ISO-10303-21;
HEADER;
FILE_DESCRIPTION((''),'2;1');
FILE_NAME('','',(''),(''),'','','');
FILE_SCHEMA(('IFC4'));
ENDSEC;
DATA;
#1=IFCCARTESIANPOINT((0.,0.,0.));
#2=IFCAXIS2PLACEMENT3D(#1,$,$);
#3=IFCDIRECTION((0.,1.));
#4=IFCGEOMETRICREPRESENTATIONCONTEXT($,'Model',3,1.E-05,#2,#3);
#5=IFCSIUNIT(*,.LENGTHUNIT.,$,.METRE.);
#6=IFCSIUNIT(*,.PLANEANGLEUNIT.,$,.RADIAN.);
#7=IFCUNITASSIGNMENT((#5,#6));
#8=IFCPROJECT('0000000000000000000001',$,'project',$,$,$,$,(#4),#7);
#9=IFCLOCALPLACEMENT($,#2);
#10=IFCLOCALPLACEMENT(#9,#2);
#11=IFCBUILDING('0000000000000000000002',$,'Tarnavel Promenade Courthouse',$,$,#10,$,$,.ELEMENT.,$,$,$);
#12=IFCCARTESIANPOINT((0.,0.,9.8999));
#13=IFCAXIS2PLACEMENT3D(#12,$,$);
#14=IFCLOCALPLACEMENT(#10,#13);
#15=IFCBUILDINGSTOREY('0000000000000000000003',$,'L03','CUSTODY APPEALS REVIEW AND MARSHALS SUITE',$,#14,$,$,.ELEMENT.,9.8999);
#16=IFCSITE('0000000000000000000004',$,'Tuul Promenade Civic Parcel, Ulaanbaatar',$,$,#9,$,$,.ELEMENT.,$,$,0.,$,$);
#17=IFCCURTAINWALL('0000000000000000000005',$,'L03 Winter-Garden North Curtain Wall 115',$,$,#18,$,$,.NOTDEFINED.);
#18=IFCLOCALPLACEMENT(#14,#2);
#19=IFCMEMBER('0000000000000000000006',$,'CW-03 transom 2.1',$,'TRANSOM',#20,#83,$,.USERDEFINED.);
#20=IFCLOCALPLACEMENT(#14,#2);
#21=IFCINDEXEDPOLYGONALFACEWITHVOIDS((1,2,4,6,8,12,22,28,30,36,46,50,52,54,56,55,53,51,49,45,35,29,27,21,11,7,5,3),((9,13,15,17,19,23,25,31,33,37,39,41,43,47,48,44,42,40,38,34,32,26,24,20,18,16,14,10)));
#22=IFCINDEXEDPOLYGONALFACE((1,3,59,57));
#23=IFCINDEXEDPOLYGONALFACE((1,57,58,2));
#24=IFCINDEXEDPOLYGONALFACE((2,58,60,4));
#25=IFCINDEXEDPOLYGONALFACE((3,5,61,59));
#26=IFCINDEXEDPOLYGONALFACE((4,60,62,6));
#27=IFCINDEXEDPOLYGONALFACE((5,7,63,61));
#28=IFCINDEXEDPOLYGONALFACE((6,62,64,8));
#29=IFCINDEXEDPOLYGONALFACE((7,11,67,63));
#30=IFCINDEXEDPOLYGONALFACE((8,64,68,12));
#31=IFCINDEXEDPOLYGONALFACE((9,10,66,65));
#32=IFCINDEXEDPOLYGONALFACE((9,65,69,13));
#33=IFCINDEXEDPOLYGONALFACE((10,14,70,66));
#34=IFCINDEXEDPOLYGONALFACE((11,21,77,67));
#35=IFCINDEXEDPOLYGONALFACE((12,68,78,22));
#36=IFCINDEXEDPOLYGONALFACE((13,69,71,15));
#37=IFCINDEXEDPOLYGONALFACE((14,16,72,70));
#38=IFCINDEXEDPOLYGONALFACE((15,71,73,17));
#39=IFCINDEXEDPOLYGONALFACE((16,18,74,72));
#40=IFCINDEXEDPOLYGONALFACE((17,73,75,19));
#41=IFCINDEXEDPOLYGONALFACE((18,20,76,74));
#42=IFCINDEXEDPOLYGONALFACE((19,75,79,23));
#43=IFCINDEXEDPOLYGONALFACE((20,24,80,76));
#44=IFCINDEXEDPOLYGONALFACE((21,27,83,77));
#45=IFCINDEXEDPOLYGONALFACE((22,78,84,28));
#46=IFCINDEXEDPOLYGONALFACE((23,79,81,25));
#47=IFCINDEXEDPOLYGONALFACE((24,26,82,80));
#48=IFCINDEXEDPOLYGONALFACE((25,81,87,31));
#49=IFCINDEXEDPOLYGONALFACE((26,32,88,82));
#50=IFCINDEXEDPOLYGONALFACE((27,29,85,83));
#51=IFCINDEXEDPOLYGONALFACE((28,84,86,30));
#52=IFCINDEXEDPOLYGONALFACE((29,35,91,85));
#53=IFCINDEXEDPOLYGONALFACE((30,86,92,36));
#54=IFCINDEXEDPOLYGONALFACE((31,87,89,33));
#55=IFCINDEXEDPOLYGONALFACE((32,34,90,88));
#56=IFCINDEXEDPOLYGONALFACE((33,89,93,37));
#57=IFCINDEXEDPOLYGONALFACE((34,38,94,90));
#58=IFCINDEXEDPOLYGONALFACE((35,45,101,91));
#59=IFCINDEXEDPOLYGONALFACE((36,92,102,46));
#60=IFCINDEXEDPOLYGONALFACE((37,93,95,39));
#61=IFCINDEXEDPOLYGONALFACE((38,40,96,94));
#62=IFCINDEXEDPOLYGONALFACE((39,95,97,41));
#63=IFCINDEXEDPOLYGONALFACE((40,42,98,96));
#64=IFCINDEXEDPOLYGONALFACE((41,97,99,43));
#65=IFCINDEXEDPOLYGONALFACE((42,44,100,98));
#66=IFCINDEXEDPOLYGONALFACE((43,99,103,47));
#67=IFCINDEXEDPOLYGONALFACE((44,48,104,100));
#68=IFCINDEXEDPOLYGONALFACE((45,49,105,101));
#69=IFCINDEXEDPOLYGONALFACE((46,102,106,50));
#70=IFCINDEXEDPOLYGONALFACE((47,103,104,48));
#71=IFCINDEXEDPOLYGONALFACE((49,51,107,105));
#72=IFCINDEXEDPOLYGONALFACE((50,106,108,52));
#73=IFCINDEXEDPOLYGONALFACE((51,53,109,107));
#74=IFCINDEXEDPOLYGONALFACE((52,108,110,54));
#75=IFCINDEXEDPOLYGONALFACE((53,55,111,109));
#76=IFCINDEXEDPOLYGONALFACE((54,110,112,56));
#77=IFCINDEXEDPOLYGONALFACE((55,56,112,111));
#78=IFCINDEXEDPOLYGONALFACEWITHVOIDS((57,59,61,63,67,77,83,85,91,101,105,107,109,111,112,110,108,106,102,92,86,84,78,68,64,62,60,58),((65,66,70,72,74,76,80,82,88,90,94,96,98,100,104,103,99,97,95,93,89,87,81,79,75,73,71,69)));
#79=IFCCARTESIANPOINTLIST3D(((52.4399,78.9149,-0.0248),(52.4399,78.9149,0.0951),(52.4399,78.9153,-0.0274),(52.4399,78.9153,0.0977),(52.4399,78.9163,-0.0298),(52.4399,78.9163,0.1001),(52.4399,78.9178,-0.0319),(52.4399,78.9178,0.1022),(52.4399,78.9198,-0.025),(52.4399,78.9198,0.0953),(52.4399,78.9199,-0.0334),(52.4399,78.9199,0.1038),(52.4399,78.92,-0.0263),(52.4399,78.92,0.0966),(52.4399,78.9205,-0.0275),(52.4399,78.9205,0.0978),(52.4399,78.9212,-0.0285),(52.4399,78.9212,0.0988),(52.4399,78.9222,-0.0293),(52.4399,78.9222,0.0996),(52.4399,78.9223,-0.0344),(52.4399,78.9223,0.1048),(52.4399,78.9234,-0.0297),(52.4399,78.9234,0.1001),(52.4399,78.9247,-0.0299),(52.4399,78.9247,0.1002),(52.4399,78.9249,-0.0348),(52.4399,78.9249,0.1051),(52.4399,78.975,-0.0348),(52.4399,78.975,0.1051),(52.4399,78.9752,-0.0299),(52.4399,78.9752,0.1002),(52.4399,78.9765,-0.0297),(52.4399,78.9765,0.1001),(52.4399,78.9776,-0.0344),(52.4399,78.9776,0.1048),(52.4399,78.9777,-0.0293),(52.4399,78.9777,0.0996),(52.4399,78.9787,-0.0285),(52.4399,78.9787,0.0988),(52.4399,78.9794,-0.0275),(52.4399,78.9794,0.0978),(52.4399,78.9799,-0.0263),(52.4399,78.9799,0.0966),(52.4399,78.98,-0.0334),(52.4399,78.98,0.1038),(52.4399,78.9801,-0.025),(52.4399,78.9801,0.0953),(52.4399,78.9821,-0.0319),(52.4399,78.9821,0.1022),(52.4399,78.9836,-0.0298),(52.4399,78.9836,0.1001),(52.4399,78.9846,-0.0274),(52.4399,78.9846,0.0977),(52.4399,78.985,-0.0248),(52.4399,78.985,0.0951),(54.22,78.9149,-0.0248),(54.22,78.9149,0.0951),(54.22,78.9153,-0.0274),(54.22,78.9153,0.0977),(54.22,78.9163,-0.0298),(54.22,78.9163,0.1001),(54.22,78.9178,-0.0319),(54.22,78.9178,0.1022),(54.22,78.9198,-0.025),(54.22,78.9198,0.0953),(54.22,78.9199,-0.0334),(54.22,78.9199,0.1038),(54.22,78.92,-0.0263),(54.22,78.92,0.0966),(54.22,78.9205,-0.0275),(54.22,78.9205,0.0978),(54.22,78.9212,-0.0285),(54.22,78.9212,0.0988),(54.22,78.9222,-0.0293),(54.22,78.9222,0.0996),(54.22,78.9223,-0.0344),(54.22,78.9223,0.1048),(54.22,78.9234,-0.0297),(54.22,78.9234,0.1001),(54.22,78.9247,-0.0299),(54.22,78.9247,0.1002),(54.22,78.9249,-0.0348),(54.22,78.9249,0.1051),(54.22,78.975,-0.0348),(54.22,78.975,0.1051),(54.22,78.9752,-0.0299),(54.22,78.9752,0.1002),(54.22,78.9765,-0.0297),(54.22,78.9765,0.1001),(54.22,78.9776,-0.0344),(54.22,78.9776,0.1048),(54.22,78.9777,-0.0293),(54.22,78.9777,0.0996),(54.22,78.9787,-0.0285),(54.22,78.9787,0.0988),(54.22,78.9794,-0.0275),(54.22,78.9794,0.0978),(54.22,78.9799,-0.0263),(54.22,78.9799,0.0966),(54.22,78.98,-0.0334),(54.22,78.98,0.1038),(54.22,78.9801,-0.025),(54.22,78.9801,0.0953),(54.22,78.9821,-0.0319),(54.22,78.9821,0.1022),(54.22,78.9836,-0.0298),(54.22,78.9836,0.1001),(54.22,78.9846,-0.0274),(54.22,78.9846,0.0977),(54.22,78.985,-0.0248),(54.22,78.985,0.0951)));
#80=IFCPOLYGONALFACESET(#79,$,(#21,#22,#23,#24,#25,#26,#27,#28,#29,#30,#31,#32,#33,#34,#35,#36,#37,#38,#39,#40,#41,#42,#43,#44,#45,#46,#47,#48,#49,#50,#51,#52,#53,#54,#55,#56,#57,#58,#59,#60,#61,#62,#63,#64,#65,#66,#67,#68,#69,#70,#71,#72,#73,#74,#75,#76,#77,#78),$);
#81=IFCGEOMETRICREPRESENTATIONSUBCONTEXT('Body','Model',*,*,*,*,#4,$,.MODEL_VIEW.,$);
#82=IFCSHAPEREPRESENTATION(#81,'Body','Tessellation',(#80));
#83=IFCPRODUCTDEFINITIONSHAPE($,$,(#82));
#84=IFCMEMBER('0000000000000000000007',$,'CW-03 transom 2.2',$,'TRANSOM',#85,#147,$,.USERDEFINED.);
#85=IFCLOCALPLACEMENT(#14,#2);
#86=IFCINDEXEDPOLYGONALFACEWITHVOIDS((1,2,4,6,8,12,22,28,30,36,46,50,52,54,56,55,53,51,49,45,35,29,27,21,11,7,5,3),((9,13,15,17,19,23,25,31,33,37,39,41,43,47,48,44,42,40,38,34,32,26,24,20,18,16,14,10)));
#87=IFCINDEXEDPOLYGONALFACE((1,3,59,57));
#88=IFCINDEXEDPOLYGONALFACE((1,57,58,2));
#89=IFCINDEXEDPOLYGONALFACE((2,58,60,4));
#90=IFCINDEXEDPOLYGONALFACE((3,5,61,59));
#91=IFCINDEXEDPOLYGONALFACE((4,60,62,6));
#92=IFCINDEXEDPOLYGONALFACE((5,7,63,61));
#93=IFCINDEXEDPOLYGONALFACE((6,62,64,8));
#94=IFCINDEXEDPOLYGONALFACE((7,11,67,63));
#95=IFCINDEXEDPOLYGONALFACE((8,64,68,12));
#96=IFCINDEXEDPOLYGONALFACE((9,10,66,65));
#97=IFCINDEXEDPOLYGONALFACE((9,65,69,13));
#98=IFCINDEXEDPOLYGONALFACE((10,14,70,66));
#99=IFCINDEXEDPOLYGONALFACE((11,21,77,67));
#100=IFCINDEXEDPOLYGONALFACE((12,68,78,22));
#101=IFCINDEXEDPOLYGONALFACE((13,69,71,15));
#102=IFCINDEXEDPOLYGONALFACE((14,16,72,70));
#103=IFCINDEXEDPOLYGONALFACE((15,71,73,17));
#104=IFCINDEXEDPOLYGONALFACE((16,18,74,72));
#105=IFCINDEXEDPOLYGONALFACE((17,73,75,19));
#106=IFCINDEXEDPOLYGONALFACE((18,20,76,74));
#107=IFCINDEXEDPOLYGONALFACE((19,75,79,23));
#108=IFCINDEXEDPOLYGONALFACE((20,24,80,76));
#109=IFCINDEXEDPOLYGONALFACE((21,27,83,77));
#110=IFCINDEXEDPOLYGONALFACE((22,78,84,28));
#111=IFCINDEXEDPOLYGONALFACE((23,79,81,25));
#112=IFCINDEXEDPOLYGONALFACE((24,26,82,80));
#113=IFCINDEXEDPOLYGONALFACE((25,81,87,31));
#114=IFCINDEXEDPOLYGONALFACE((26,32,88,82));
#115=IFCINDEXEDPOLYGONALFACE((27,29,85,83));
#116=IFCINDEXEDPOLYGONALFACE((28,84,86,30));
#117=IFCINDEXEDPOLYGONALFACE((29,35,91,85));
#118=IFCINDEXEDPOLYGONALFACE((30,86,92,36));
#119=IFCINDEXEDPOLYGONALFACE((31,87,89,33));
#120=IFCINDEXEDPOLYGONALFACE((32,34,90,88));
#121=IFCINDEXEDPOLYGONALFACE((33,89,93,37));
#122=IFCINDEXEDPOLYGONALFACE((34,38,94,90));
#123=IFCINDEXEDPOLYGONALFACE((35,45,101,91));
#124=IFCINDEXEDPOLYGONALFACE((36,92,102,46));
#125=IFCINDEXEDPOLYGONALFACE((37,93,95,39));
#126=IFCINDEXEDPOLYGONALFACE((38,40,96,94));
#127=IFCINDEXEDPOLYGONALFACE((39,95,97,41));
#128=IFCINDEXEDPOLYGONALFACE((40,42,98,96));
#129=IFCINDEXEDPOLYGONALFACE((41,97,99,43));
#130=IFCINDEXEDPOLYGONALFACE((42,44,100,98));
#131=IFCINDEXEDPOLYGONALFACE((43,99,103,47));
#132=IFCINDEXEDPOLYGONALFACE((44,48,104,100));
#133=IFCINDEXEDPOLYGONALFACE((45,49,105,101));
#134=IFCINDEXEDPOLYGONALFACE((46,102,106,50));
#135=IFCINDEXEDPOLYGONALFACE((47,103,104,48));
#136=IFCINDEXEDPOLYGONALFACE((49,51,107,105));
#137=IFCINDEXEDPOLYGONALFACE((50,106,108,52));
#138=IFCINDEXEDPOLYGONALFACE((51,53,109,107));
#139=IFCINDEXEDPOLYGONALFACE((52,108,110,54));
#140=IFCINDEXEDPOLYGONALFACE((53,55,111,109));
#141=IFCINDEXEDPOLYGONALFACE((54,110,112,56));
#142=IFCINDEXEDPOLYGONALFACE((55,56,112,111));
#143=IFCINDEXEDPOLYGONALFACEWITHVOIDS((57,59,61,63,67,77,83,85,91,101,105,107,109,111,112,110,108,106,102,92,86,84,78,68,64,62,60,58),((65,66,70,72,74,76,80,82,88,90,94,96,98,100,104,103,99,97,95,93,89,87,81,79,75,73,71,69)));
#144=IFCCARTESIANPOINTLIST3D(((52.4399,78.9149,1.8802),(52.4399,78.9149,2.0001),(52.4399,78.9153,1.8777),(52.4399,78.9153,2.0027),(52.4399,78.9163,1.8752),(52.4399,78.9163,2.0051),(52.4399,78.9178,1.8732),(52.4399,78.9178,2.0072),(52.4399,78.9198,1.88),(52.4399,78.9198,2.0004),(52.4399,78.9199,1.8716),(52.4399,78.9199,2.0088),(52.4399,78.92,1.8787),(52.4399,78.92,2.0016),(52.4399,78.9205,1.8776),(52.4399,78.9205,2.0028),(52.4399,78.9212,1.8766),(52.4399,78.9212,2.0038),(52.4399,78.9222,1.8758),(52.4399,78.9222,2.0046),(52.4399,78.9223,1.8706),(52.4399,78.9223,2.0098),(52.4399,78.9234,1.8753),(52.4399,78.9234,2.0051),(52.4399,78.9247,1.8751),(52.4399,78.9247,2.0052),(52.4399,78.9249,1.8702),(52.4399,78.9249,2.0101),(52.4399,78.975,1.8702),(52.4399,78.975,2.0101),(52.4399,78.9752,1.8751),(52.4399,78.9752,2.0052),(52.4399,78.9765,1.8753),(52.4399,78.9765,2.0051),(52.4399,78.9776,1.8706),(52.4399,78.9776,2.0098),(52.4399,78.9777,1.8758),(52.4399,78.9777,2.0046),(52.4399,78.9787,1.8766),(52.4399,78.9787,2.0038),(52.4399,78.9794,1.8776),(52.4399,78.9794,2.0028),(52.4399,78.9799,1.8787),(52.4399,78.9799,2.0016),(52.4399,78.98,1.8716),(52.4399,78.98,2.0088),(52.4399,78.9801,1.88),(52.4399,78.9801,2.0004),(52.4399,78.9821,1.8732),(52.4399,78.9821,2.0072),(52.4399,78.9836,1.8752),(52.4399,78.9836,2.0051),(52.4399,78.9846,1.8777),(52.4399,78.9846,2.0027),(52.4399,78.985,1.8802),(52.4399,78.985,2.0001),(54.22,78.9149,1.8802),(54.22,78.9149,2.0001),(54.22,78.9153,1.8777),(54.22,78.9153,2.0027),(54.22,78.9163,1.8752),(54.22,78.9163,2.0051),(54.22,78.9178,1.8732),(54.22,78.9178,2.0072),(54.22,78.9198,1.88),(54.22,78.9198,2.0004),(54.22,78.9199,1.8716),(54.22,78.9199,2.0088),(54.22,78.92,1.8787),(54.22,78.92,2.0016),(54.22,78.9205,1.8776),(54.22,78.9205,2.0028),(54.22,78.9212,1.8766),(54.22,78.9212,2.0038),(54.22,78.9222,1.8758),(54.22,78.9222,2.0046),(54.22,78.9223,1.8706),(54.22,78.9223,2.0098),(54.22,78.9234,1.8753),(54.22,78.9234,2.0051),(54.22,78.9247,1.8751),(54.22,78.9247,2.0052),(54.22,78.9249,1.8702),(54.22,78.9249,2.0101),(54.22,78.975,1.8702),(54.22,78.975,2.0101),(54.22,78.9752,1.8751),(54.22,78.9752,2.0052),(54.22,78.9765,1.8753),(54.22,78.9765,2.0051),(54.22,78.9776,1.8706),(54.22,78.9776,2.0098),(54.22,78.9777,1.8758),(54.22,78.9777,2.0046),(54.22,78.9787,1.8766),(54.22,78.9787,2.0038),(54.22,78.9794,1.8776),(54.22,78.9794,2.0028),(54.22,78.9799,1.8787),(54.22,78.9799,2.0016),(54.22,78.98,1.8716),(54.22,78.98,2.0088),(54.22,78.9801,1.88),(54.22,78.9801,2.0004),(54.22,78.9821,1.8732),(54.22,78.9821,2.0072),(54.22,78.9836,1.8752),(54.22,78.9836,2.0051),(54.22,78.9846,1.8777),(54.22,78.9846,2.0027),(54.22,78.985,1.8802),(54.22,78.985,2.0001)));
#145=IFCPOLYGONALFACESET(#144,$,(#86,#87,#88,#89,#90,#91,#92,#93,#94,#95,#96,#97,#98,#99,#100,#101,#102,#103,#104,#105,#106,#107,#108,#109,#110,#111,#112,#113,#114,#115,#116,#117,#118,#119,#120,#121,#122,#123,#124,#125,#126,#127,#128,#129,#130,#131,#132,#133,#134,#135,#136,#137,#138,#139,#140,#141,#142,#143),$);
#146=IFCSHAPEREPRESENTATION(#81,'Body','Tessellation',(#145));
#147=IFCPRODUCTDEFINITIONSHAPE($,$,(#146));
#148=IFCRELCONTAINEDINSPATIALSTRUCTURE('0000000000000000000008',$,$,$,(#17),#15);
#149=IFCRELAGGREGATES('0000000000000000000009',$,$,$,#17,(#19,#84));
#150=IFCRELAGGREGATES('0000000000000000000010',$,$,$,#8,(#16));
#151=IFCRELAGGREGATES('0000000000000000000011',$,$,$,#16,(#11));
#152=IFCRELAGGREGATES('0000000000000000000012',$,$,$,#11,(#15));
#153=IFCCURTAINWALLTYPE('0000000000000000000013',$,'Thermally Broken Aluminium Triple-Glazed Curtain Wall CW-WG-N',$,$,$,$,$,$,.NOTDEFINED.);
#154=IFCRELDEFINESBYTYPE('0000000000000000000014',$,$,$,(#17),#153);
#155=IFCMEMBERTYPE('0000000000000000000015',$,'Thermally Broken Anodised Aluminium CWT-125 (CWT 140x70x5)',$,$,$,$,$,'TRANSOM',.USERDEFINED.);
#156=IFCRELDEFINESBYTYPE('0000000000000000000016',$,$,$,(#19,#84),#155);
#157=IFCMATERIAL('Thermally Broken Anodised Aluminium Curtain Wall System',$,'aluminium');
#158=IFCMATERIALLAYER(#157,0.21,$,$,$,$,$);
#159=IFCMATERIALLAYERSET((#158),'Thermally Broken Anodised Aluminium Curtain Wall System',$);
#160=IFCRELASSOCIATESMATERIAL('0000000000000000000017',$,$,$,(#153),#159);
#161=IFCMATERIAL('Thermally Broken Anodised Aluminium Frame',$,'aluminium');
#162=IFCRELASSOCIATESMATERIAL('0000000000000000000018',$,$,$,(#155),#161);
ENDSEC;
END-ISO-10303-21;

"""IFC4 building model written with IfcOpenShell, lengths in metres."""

from ifc_helpers import new_model, si_unit, direction, frame, origin, origin_2d, place, context, subcontext, project, spatial, hollow_rectangle, extrude, material, layer, layer_set, material_profile, profile_set, type_object, element, aggregate, save


model = new_model("IFC4")

# Units and contexts
model_context = context("Model", 3, precision=1e-05, world=origin(), true_north=direction((0.0, 1.0)))
body_context = subcontext(model_context, "Body", "Model", "MODEL_VIEW")
ifc_project = project(units=[si_unit("LENGTHUNIT", "METRE"), si_unit("PLANEANGLEUNIT", "RADIAN")], contexts=[model_context])

# Site, building, storey
site_placement = place(None, origin())
site = spatial("IfcSite", under=ifc_project, at=site_placement, Name="Tuul Promenade Civic Parcel, Ulaanbaatar", CompositionType="ELEMENT", RefElevation=0.0)
building_placement = place(site_placement, origin())
building = spatial("IfcBuilding", under=site, at=building_placement, Name="Tarnavel Promenade Courthouse", CompositionType="ELEMENT")
storey_placement = place(building_placement, frame((0.0, 0.0, 9.8999)))
storey = spatial("IfcBuildingStorey", under=building, at=storey_placement, Name="L03", Description="CUSTODY APPEALS REVIEW AND MARSHALS SUITE", CompositionType="ELEMENT", Elevation=9.8999)

# Shared definitions
ifc_material_1 = material(Name="Thermally Broken Anodised Aluminium Curtain Wall System", Category="aluminium")
ifc_layer_1 = layer(ifc_material_1, 0.21)
ifc_layer_set_1 = layer_set([ifc_layer_1], Name="Thermally Broken Anodised Aluminium Curtain Wall System")
curtain_wall_type = type_object("IfcCurtainWallType", Name="Thermally Broken Aluminium Triple-Glazed Curtain Wall CW-WG-N", PredefinedType="NOTDEFINED", material=ifc_layer_set_1)
ifc_material_2 = material(Name="Thermally Broken Anodised Aluminium Frame", Category="aluminium")

# Curtain wall, members
curtain_wall_1_placement = place(storey_placement, origin())
curtain_wall_1 = element("IfcCurtainWall", 1, at=curtain_wall_1_placement, inside=storey, type_object=curtain_wall_type, Name="L03 Winter-Garden North Curtain Wall 115", PredefinedType="NOTDEFINED")
ifc_material_profile_1 = material_profile(ifc_material_2, hollow_rectangle(XDim=0.0701, YDim=0.1399, WallThickness=0.0049, InnerFilletRadius=0.0049, OuterFilletRadius=0.01, at=origin_2d()), Name="CWT 140x70x5")
ifc_profile_set_1 = profile_set([ifc_material_profile_1], Name="Thermally Broken Anodised Aluminium Frame")
member_type_1 = type_object("IfcMemberType", Name="Thermally Broken Anodised Aluminium CWT-125 (CWT 140x70x5)", ElementType="TRANSOM", PredefinedType="USERDEFINED", material=ifc_profile_set_1)
member_1_placement = place(storey_placement, frame((52.4399, 78.95, 0.0352), z_axis=(1.0, 0.0, 0.0), x_axis=(0.0, 1.0, 0.0)))
member_1 = element("IfcMember", 2, at=member_1_placement, type_object=member_type_1, Name="CW-03 transom 2.1", ObjectType="TRANSOM", PredefinedType="USERDEFINED", context=body_context, shape_type="SweptSolid", body=[
    extrude(hollow_rectangle(XDim=0.0701, YDim=0.1399, WallThickness=0.0049, InnerFilletRadius=0.0049, OuterFilletRadius=0.01, at=origin_2d()), origin(), (0.0, 0.0, 1.0), 1.78),
])
member_2_placement = place(storey_placement, frame((52.4399, 78.95, 1.9402), z_axis=(1.0, 0.0, 0.0), x_axis=(0.0, 1.0, 0.0)))
member_2 = element("IfcMember", 3, at=member_2_placement, type_object=member_type_1, Name="CW-03 transom 2.2", ObjectType="TRANSOM", PredefinedType="USERDEFINED", context=body_context, shape_type="SweptSolid", body=[
    extrude(hollow_rectangle(XDim=0.0701, YDim=0.1399, WallThickness=0.0049, InnerFilletRadius=0.0049, OuterFilletRadius=0.01, at=origin_2d()), origin(), (0.0, 0.0, 1.0), 1.78),
])
aggregate(curtain_wall_1, [member_1, member_2])

save(model, "model.ifc")
